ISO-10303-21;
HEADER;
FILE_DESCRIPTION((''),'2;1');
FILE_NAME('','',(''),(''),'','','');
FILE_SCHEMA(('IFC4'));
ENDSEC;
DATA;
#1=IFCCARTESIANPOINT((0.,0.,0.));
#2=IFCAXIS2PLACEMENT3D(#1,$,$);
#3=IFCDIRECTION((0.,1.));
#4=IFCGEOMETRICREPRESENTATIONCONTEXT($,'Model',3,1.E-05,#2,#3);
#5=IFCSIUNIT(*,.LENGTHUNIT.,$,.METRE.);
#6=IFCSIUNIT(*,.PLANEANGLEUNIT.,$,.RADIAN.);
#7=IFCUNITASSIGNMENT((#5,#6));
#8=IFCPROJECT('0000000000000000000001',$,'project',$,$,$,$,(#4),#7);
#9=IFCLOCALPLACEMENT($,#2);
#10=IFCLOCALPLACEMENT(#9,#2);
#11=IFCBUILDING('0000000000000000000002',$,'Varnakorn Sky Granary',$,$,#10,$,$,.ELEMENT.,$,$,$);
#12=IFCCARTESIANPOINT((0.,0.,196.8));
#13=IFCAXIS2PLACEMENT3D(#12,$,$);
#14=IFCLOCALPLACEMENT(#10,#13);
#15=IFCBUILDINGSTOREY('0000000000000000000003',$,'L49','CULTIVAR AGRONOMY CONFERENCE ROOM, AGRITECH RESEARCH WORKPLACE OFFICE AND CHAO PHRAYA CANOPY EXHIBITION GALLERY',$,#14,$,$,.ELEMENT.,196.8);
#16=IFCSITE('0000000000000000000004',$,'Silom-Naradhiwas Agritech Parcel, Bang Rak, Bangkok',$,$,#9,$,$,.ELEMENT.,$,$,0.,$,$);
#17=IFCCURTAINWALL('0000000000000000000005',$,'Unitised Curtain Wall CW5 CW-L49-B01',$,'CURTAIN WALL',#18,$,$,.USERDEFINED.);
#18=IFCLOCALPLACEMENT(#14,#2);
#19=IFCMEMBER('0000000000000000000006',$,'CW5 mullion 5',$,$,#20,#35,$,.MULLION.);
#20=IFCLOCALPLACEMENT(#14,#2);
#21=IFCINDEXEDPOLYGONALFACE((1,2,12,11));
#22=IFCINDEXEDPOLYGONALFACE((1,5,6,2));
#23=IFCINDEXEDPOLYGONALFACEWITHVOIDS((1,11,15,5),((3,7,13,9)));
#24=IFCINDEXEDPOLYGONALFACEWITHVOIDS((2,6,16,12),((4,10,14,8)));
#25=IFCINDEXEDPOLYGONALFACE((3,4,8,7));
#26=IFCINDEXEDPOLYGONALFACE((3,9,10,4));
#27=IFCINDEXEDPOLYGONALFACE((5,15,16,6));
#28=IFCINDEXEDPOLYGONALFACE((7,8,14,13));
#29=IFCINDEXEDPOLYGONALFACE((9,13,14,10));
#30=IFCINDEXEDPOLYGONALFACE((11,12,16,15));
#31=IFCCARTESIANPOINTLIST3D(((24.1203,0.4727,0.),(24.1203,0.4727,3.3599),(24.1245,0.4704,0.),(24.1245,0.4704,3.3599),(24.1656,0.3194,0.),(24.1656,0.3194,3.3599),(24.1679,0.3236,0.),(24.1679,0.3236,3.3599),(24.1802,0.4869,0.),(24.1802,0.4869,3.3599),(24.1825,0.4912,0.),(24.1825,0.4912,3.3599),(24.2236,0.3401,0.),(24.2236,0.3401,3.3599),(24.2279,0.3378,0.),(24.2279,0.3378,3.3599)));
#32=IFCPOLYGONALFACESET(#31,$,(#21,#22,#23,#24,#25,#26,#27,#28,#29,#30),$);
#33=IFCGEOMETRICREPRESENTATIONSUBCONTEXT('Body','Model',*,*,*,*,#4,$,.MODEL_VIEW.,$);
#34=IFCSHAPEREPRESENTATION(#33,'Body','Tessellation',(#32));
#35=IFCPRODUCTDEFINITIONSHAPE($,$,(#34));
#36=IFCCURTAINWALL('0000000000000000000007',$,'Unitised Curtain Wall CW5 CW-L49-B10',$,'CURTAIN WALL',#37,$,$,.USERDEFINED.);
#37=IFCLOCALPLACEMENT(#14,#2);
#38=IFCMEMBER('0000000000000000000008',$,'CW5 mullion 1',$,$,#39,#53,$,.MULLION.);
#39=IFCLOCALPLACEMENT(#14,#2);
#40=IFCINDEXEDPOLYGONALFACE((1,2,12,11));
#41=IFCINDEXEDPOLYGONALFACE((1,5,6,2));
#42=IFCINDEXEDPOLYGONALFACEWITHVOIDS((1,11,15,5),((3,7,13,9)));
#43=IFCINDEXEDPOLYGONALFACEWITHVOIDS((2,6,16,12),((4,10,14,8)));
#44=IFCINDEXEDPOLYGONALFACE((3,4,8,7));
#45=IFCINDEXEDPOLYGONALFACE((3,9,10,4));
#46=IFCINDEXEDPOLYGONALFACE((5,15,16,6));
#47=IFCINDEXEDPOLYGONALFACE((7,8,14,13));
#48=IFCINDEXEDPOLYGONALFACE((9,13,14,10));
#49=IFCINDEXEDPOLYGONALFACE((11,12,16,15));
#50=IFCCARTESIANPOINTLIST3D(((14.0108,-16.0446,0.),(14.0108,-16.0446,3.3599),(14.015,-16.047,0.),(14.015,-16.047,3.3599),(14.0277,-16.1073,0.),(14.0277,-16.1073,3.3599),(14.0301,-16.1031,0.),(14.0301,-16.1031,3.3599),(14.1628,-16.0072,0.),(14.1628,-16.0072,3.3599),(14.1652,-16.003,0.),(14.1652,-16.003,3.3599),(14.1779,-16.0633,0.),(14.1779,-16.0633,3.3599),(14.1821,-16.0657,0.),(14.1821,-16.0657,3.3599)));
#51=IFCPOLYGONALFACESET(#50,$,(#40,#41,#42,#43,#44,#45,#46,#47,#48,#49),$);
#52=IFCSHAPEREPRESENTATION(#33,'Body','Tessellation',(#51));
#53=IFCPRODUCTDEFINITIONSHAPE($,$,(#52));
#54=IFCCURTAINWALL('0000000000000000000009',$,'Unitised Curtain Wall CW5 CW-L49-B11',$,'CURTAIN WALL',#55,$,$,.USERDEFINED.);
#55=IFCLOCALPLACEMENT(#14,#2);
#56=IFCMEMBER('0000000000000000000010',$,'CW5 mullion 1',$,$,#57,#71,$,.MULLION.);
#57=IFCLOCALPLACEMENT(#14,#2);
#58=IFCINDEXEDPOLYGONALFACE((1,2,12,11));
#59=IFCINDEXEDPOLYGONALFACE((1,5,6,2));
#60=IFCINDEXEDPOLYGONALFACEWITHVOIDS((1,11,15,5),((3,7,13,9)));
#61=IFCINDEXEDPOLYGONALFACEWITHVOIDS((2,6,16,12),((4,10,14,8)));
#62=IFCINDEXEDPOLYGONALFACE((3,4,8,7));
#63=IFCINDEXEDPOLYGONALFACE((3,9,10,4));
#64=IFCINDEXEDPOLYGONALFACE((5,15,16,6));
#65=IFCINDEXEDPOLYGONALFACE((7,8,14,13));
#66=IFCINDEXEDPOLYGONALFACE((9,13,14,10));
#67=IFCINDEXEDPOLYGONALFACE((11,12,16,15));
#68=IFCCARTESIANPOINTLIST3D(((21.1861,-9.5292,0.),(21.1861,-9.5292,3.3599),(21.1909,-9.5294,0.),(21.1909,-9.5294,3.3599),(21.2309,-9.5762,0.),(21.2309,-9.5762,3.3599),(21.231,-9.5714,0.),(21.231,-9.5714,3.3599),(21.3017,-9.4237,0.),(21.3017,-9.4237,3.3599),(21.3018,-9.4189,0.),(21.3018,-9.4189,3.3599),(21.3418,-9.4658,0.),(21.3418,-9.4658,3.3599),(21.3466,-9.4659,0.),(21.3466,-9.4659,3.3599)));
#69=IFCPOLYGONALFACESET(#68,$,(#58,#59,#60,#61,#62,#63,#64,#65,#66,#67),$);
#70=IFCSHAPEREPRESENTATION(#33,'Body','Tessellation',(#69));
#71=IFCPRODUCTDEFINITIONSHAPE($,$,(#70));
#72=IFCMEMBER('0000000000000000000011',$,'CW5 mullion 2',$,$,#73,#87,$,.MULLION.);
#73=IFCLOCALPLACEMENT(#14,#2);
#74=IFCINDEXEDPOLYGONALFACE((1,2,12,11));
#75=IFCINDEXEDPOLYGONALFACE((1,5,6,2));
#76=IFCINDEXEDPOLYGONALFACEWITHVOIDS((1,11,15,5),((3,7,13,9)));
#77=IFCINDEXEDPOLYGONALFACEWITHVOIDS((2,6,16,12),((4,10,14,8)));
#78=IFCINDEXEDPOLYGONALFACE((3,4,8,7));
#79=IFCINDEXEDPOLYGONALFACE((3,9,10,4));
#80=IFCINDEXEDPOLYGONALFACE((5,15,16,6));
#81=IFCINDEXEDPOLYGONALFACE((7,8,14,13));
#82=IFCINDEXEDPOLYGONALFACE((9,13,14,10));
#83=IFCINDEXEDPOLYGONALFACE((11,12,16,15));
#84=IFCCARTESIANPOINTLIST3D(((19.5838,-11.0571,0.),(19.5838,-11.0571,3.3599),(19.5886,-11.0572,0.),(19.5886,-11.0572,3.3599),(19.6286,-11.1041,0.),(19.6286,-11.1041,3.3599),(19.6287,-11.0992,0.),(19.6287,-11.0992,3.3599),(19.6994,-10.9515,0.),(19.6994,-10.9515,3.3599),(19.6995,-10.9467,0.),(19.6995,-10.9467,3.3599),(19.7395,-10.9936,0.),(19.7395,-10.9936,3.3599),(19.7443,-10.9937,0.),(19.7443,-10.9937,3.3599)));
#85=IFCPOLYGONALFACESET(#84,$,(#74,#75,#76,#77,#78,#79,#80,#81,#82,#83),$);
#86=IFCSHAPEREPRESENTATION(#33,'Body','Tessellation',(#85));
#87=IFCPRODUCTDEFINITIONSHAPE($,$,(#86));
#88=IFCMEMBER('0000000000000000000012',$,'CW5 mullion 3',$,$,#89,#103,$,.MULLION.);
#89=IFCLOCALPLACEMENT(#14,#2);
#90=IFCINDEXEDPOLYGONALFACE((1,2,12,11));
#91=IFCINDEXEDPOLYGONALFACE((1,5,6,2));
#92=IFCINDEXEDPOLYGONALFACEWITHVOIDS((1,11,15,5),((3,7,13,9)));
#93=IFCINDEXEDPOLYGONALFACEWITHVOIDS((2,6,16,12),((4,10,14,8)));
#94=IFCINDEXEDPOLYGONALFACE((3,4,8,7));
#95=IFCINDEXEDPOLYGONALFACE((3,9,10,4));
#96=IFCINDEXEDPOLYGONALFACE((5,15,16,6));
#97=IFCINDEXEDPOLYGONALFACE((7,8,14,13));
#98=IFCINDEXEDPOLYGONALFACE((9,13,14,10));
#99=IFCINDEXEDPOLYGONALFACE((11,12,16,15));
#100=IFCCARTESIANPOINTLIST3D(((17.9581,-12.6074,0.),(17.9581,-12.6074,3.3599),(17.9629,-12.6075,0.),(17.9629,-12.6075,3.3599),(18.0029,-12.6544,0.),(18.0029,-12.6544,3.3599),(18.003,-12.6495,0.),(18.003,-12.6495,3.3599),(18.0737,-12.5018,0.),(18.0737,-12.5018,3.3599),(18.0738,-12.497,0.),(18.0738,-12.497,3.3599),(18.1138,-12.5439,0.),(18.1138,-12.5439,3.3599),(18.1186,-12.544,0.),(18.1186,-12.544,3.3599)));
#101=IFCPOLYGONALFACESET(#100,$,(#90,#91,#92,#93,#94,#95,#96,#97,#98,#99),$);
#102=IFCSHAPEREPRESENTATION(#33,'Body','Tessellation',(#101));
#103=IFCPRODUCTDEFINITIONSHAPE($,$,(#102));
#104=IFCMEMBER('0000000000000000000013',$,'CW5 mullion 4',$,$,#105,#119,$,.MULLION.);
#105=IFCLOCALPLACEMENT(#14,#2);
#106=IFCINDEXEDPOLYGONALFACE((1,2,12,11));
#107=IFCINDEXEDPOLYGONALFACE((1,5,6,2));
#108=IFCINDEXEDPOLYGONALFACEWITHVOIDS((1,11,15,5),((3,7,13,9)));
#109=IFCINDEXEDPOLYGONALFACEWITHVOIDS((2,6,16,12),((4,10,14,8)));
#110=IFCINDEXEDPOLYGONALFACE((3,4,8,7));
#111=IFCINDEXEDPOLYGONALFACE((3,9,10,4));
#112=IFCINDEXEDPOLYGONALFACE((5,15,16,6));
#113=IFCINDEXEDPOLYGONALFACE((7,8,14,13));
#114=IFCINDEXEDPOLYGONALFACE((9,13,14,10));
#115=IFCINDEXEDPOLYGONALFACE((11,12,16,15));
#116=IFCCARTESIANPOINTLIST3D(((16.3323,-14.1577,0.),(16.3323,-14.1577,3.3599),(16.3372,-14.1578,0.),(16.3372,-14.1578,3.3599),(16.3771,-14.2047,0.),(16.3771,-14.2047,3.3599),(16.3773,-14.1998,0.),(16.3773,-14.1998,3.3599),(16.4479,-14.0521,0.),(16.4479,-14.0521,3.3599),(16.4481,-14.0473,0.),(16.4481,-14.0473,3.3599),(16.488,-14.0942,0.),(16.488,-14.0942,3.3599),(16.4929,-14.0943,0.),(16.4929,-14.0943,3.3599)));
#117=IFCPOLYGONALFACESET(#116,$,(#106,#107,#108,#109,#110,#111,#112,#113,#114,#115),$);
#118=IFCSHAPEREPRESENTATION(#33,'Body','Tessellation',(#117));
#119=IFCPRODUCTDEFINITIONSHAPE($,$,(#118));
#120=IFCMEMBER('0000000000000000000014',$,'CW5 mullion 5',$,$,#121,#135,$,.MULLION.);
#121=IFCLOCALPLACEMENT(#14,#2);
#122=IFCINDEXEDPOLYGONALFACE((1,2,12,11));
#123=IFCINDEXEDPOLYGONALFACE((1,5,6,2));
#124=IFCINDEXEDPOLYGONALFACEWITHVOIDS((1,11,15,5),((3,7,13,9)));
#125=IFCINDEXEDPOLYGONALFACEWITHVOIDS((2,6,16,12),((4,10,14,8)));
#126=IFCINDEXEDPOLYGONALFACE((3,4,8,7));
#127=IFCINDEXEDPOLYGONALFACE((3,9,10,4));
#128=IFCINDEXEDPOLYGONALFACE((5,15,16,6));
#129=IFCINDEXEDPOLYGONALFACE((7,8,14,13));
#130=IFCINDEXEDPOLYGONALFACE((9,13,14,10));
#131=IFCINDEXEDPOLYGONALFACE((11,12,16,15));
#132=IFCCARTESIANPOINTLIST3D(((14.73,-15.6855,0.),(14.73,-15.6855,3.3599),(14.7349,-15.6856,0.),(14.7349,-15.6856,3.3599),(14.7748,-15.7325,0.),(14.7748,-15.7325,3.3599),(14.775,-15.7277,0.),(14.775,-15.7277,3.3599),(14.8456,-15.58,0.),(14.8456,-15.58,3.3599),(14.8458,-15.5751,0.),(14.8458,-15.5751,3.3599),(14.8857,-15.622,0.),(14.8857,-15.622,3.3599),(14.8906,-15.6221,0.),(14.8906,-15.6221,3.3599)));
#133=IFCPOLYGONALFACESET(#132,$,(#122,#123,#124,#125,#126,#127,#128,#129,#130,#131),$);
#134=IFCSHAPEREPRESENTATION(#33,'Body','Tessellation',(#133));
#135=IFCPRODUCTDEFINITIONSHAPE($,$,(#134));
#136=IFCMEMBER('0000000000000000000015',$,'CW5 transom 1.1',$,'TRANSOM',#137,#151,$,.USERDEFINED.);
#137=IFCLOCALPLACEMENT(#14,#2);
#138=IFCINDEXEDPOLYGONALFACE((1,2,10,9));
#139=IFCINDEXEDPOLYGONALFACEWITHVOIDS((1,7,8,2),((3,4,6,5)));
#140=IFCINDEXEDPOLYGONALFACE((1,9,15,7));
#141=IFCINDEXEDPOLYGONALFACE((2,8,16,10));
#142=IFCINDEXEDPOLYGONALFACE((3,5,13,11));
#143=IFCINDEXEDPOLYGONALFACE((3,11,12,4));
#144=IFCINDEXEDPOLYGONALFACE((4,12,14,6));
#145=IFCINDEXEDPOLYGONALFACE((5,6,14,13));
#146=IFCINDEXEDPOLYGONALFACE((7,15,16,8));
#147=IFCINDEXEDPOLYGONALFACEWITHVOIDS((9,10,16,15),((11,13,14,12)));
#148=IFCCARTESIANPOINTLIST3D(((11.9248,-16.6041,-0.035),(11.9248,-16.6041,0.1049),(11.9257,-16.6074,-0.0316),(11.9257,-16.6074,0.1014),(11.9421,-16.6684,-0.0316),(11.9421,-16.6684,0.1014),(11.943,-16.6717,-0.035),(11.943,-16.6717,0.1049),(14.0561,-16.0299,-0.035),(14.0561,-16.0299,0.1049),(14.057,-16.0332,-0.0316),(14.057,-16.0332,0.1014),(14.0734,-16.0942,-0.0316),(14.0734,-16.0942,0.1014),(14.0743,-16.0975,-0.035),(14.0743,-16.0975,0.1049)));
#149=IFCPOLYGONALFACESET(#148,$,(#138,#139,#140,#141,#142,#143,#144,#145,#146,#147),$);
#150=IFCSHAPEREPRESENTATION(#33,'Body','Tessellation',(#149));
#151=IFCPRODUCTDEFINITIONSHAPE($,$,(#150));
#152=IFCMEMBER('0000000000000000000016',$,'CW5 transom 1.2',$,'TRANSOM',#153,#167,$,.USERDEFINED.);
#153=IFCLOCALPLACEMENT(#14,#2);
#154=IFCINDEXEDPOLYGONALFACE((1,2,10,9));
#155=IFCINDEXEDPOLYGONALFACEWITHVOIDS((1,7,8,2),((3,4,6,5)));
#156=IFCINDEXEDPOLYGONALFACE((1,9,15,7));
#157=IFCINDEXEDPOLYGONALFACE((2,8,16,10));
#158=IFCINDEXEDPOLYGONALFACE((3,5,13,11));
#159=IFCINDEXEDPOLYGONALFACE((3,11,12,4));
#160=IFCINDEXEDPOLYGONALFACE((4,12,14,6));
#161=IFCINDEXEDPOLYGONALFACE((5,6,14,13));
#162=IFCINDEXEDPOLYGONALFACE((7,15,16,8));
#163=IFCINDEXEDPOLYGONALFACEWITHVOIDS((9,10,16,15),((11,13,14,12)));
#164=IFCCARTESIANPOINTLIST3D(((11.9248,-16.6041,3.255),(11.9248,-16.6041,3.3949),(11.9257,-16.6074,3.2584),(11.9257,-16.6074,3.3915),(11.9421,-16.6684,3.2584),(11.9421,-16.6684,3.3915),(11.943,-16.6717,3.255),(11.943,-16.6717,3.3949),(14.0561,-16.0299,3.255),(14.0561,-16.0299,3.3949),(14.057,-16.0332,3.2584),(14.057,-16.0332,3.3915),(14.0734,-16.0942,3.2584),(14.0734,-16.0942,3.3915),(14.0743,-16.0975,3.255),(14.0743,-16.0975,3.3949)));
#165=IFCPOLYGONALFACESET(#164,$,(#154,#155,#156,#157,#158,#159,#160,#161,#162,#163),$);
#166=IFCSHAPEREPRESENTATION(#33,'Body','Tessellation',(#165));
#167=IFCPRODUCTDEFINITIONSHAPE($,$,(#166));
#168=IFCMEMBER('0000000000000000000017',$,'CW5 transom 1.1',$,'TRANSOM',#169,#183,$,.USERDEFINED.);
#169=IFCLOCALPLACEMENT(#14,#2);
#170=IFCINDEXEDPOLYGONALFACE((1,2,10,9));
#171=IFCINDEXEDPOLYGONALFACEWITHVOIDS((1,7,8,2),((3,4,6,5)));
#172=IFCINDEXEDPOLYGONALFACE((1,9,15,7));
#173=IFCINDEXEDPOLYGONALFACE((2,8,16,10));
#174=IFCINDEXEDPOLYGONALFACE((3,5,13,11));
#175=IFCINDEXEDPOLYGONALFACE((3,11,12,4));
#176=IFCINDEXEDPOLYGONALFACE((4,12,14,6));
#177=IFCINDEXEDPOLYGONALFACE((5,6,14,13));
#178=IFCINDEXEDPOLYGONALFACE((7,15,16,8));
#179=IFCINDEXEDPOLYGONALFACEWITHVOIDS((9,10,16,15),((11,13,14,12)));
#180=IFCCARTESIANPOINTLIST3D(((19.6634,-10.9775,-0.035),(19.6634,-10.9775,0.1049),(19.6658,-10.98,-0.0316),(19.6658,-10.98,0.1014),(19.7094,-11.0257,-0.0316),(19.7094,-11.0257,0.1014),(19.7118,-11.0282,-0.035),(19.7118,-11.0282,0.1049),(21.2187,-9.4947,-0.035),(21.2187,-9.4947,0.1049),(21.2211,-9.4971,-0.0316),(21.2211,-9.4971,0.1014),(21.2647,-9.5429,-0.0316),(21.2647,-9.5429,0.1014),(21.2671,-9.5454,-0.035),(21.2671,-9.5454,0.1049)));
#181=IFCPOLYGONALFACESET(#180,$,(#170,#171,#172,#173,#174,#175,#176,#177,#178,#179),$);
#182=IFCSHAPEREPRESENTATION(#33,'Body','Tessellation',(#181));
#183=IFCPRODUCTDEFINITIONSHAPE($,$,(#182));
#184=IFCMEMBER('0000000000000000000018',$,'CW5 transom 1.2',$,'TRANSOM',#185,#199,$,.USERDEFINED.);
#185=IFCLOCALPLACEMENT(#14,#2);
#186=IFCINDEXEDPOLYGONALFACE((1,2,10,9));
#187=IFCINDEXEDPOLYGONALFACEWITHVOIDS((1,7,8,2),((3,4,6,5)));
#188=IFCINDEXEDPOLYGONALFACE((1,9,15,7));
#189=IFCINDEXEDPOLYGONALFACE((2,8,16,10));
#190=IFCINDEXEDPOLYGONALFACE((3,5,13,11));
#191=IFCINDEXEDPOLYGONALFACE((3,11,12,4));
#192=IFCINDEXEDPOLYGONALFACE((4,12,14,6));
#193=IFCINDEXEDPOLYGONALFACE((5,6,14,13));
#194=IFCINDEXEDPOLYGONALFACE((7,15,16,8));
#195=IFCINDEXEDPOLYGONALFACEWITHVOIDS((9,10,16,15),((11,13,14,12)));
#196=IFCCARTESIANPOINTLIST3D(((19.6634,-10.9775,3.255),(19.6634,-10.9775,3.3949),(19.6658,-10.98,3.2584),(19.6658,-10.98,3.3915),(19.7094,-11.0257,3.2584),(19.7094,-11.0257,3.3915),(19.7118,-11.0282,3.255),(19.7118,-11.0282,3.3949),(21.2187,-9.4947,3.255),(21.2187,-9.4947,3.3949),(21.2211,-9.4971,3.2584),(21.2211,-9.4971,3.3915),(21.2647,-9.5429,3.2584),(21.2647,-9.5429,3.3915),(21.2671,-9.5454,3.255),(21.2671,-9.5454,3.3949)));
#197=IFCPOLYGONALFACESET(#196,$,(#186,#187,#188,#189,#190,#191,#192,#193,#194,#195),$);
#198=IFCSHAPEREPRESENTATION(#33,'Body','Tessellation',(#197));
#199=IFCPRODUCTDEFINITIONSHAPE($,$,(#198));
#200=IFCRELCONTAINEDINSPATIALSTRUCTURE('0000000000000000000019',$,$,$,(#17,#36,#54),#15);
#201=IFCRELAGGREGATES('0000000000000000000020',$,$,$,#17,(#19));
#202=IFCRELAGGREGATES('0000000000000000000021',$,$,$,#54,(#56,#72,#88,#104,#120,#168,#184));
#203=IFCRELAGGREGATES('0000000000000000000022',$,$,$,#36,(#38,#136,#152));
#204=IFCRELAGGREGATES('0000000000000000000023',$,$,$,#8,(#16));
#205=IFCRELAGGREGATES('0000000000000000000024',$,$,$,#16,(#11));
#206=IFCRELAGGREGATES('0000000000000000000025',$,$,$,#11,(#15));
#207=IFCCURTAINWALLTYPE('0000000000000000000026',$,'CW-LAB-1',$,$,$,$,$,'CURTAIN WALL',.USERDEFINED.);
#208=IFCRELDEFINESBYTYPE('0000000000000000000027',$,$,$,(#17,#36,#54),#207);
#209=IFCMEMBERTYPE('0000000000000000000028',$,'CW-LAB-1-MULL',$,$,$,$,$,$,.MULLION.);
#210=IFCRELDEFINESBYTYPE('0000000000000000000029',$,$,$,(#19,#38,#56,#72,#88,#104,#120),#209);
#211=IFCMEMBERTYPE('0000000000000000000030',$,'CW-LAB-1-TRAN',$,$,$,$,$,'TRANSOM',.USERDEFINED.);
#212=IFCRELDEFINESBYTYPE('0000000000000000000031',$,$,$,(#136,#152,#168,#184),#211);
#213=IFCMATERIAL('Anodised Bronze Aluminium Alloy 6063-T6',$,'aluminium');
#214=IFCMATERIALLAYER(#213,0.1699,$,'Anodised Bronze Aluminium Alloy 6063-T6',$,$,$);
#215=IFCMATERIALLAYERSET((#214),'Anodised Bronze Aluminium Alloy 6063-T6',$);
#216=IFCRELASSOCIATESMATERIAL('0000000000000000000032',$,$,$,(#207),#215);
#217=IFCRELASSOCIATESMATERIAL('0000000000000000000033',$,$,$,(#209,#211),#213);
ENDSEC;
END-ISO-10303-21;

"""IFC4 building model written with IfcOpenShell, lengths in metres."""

from ifc_helpers import new_model, si_unit, direction, frame, origin, origin_2d, place, context, subcontext, project, spatial, hollow_rectangle, extrude, material, layer, layer_set, material_profile, profile_set, type_object, element, aggregate, save


model = new_model("IFC4")

# Units and contexts
model_context = context("Model", 3, precision=1e-05, world=origin(), true_north=direction((0.0, 1.0)))
body_context = subcontext(model_context, "Body", "Model", "MODEL_VIEW")
ifc_project = project(units=[si_unit("LENGTHUNIT", "METRE"), si_unit("PLANEANGLEUNIT", "RADIAN")], contexts=[model_context])

# Site, building, storey
site_placement = place(None, origin())
site = spatial("IfcSite", under=ifc_project, at=site_placement, Name="Silom-Naradhiwas Agritech Parcel, Bang Rak, Bangkok", CompositionType="ELEMENT", RefElevation=0.0)
building_placement = place(site_placement, origin())
building = spatial("IfcBuilding", under=site, at=building_placement, Name="Varnakorn Sky Granary", CompositionType="ELEMENT")
storey_placement = place(building_placement, frame((0.0, 0.0, 196.8)))
storey = spatial("IfcBuildingStorey", under=building, at=storey_placement, Name="L49", Description="CULTIVAR AGRONOMY CONFERENCE ROOM, AGRITECH RESEARCH WORKPLACE OFFICE AND CHAO PHRAYA CANOPY EXHIBITION GALLERY", CompositionType="ELEMENT", Elevation=196.8)

# Curtain walls, members
ifc_material_1 = material(Name="Anodised Bronze Aluminium Alloy 6063-T6", Category="aluminium")
ifc_layer_1 = layer(ifc_material_1, 0.1699, Name="Anodised Bronze Aluminium Alloy 6063-T6")
ifc_layer_set_1 = layer_set([ifc_layer_1], Name="Anodised Bronze Aluminium Alloy 6063-T6")
curtain_wall_type = type_object("IfcCurtainWallType", Name="CW-LAB-1", ElementType="CURTAIN WALL", PredefinedType="USERDEFINED", material=ifc_layer_set_1)
curtain_wall_1_placement = place(storey_placement, origin())
curtain_wall_1 = element("IfcCurtainWall", 1, at=curtain_wall_1_placement, inside=storey, type_object=curtain_wall_type, Name="Unitised Curtain Wall CW5 CW-L49-B01", ObjectType="CURTAIN WALL", PredefinedType="USERDEFINED")
ifc_material_profile_1 = material_profile(ifc_material_1, hollow_rectangle(XDim=0.0649, YDim=0.1599, WallThickness=0.0034, at=origin_2d()), Name="ALU MULL 65x160")
ifc_profile_set_1 = profile_set([ifc_material_profile_1], Name="Anodised Bronze Aluminium Alloy 6063-T6")
member_type_1 = type_object("IfcMemberType", Name="CW-LAB-1-MULL", PredefinedType="MULLION", material=ifc_profile_set_1)
member_1_placement = place(storey_placement, frame((24.1741, 0.4053, 0.0), z_axis=(0.0, 0.0, 1.0), x_axis=(0.958964, 0.283528, 0.0)))
member_1 = element("IfcMember", 2, at=member_1_placement, type_object=member_type_1, Name="CW5 mullion 5", PredefinedType="MULLION", context=body_context, shape_type="SweptSolid", body=[
    extrude(hollow_rectangle(XDim=0.0649, YDim=0.1599, WallThickness=0.0034, at=origin_2d()), origin(), (0.0, 0.0, 1.0), 3.3599),
])
aggregate(curtain_wall_1, [member_1])
curtain_wall_2_placement = place(storey_placement, origin())
curtain_wall_2 = element("IfcCurtainWall", 3, at=curtain_wall_2_placement, inside=storey, type_object=curtain_wall_type, Name="Unitised Curtain Wall CW5 CW-L49-B10", ObjectType="CURTAIN WALL", PredefinedType="USERDEFINED")
member_2_placement = place(storey_placement, frame((14.0964, -16.0552, 0.0), z_axis=(0.0, 0.0, 1.0), x_axis=(0.260196, -0.965556, 0.0)))
member_2 = element("IfcMember", 4, at=member_2_placement, type_object=member_type_1, Name="CW5 mullion 1", PredefinedType="MULLION", context=body_context, shape_type="SweptSolid", body=[
    extrude(hollow_rectangle(XDim=0.0649, YDim=0.1599, WallThickness=0.0034, at=origin_2d()), origin(), (0.0, 0.0, 1.0), 3.3599),
])

# Curtain wall, members
curtain_wall_3_placement = place(storey_placement, origin())
curtain_wall_3 = element("IfcCurtainWall", 5, at=curtain_wall_3_placement, inside=storey, type_object=curtain_wall_type, Name="Unitised Curtain Wall CW5 CW-L49-B11", ObjectType="CURTAIN WALL", PredefinedType="USERDEFINED")
member_3_placement = place(storey_placement, frame((21.2664, -9.4976, 0.0), z_axis=(0.0, 0.0, 1.0), x_axis=(0.690097, -0.723717, 0.0)))
member_3 = element("IfcMember", 6, at=member_3_placement, type_object=member_type_1, Name="CW5 mullion 1", PredefinedType="MULLION", context=body_context, shape_type="SweptSolid", body=[
    extrude(hollow_rectangle(XDim=0.0649, YDim=0.1599, WallThickness=0.0034, at=origin_2d()), origin(), (0.0, 0.0, 1.0), 3.3599),
])
member_4_placement = place(storey_placement, frame((19.6641, -11.0254, 0.0), z_axis=(0.0, 0.0, 1.0), x_axis=(0.690097, -0.723717, 0.0)))
member_4 = element("IfcMember", 7, at=member_4_placement, type_object=member_type_1, Name="CW5 mullion 2", PredefinedType="MULLION", context=body_context, shape_type="SweptSolid", body=[
    extrude(hollow_rectangle(XDim=0.0649, YDim=0.1599, WallThickness=0.0034, at=origin_2d()), origin(), (0.0, 0.0, 1.0), 3.3599),
])
member_5_placement = place(storey_placement, frame((18.0383, -12.5757, 0.0), z_axis=(0.0, 0.0, 1.0), x_axis=(0.690097, -0.723717, 0.0)))
member_5 = element("IfcMember", 8, at=member_5_placement, type_object=member_type_1, Name="CW5 mullion 3", PredefinedType="MULLION", context=body_context, shape_type="SweptSolid", body=[
    extrude(hollow_rectangle(XDim=0.0649, YDim=0.1599, WallThickness=0.0034, at=origin_2d()), origin(), (0.0, 0.0, 1.0), 3.3599),
])
member_6_placement = place(storey_placement, frame((16.4126, -14.126, 0.0), z_axis=(0.0, 0.0, 1.0), x_axis=(0.690097, -0.723717, 0.0)))
member_6 = element("IfcMember", 9, at=member_6_placement, type_object=member_type_1, Name="CW5 mullion 4", PredefinedType="MULLION", context=body_context, shape_type="SweptSolid", body=[
    extrude(hollow_rectangle(XDim=0.0649, YDim=0.1599, WallThickness=0.0034, at=origin_2d()), origin(), (0.0, 0.0, 1.0), 3.3599),
])
member_7_placement = place(storey_placement, frame((14.8103, -15.6538, 0.0), z_axis=(0.0, 0.0, 1.0), x_axis=(0.690097, -0.723717, 0.0)))
member_7 = element("IfcMember", 10, at=member_7_placement, type_object=member_type_1, Name="CW5 mullion 5", PredefinedType="MULLION", context=body_context, shape_type="SweptSolid", body=[
    extrude(hollow_rectangle(XDim=0.0649, YDim=0.1599, WallThickness=0.0034, at=origin_2d()), origin(), (0.0, 0.0, 1.0), 3.3599),
])

# Members
ifc_material_profile_2 = material_profile(ifc_material_1, hollow_rectangle(XDim=0.0701, YDim=0.1399, WallThickness=0.0034, at=origin_2d()), Name="ALU TRAN 70x140")
ifc_profile_set_2 = profile_set([ifc_material_profile_2], Name="Anodised Bronze Aluminium Alloy 6063-T6")
member_type_2 = type_object("IfcMemberType", Name="CW-LAB-1-TRAN", ElementType="TRANSOM", PredefinedType="USERDEFINED", material=ifc_profile_set_2)
member_8_placement = place(storey_placement, frame((14.0652, -16.0637, 0.0349), z_axis=(-0.965571, -0.26014, 0.0), x_axis=(0.26014, -0.965571, 0.0)))
member_8 = element("IfcMember", 11, at=member_8_placement, type_object=member_type_2, Name="CW5 transom 1.1", ObjectType="TRANSOM", PredefinedType="USERDEFINED", context=body_context, shape_type="SweptSolid", body=[
    extrude(hollow_rectangle(XDim=0.0701, YDim=0.1399, WallThickness=0.0034, at=origin_2d()), origin(), (0.0, 0.0, 1.0), 2.2073),
])
member_9_placement = place(storey_placement, frame((14.0652, -16.0637, 3.325), z_axis=(-0.965571, -0.26014, 0.0), x_axis=(0.26014, -0.965571, 0.0)))
member_9 = element("IfcMember", 12, at=member_9_placement, type_object=member_type_2, Name="CW5 transom 1.2", ObjectType="TRANSOM", PredefinedType="USERDEFINED", context=body_context, shape_type="SweptSolid", body=[
    extrude(hollow_rectangle(XDim=0.0701, YDim=0.1399, WallThickness=0.0034, at=origin_2d()), origin(), (0.0, 0.0, 1.0), 2.2073),
])
member_10_placement = place(storey_placement, frame((21.2429, -9.52, 0.0349), z_axis=(-0.723776, -0.690035, 0.0), x_axis=(0.690035, -0.723776, 0.0)))
member_10 = element("IfcMember", 13, at=member_10_placement, type_object=member_type_2, Name="CW5 transom 1.1", ObjectType="TRANSOM", PredefinedType="USERDEFINED", context=body_context, shape_type="SweptSolid", body=[
    extrude(hollow_rectangle(XDim=0.0701, YDim=0.1399, WallThickness=0.0034, at=origin_2d()), origin(), (0.0, 0.0, 1.0), 2.1489),
])
member_11_placement = place(storey_placement, frame((21.2429, -9.52, 3.325), z_axis=(-0.723776, -0.690035, 0.0), x_axis=(0.690035, -0.723776, 0.0)))
member_11 = element("IfcMember", 14, at=member_11_placement, type_object=member_type_2, Name="CW5 transom 1.2", ObjectType="TRANSOM", PredefinedType="USERDEFINED", context=body_context, shape_type="SweptSolid", body=[
    extrude(hollow_rectangle(XDim=0.0701, YDim=0.1399, WallThickness=0.0034, at=origin_2d()), origin(), (0.0, 0.0, 1.0), 2.1489),
])

aggregate(curtain_wall_3, [member_3, member_4, member_5, member_6, member_7, member_10, member_11])
aggregate(curtain_wall_2, [member_2, member_8, member_9])

save(model, "model.ifc")
